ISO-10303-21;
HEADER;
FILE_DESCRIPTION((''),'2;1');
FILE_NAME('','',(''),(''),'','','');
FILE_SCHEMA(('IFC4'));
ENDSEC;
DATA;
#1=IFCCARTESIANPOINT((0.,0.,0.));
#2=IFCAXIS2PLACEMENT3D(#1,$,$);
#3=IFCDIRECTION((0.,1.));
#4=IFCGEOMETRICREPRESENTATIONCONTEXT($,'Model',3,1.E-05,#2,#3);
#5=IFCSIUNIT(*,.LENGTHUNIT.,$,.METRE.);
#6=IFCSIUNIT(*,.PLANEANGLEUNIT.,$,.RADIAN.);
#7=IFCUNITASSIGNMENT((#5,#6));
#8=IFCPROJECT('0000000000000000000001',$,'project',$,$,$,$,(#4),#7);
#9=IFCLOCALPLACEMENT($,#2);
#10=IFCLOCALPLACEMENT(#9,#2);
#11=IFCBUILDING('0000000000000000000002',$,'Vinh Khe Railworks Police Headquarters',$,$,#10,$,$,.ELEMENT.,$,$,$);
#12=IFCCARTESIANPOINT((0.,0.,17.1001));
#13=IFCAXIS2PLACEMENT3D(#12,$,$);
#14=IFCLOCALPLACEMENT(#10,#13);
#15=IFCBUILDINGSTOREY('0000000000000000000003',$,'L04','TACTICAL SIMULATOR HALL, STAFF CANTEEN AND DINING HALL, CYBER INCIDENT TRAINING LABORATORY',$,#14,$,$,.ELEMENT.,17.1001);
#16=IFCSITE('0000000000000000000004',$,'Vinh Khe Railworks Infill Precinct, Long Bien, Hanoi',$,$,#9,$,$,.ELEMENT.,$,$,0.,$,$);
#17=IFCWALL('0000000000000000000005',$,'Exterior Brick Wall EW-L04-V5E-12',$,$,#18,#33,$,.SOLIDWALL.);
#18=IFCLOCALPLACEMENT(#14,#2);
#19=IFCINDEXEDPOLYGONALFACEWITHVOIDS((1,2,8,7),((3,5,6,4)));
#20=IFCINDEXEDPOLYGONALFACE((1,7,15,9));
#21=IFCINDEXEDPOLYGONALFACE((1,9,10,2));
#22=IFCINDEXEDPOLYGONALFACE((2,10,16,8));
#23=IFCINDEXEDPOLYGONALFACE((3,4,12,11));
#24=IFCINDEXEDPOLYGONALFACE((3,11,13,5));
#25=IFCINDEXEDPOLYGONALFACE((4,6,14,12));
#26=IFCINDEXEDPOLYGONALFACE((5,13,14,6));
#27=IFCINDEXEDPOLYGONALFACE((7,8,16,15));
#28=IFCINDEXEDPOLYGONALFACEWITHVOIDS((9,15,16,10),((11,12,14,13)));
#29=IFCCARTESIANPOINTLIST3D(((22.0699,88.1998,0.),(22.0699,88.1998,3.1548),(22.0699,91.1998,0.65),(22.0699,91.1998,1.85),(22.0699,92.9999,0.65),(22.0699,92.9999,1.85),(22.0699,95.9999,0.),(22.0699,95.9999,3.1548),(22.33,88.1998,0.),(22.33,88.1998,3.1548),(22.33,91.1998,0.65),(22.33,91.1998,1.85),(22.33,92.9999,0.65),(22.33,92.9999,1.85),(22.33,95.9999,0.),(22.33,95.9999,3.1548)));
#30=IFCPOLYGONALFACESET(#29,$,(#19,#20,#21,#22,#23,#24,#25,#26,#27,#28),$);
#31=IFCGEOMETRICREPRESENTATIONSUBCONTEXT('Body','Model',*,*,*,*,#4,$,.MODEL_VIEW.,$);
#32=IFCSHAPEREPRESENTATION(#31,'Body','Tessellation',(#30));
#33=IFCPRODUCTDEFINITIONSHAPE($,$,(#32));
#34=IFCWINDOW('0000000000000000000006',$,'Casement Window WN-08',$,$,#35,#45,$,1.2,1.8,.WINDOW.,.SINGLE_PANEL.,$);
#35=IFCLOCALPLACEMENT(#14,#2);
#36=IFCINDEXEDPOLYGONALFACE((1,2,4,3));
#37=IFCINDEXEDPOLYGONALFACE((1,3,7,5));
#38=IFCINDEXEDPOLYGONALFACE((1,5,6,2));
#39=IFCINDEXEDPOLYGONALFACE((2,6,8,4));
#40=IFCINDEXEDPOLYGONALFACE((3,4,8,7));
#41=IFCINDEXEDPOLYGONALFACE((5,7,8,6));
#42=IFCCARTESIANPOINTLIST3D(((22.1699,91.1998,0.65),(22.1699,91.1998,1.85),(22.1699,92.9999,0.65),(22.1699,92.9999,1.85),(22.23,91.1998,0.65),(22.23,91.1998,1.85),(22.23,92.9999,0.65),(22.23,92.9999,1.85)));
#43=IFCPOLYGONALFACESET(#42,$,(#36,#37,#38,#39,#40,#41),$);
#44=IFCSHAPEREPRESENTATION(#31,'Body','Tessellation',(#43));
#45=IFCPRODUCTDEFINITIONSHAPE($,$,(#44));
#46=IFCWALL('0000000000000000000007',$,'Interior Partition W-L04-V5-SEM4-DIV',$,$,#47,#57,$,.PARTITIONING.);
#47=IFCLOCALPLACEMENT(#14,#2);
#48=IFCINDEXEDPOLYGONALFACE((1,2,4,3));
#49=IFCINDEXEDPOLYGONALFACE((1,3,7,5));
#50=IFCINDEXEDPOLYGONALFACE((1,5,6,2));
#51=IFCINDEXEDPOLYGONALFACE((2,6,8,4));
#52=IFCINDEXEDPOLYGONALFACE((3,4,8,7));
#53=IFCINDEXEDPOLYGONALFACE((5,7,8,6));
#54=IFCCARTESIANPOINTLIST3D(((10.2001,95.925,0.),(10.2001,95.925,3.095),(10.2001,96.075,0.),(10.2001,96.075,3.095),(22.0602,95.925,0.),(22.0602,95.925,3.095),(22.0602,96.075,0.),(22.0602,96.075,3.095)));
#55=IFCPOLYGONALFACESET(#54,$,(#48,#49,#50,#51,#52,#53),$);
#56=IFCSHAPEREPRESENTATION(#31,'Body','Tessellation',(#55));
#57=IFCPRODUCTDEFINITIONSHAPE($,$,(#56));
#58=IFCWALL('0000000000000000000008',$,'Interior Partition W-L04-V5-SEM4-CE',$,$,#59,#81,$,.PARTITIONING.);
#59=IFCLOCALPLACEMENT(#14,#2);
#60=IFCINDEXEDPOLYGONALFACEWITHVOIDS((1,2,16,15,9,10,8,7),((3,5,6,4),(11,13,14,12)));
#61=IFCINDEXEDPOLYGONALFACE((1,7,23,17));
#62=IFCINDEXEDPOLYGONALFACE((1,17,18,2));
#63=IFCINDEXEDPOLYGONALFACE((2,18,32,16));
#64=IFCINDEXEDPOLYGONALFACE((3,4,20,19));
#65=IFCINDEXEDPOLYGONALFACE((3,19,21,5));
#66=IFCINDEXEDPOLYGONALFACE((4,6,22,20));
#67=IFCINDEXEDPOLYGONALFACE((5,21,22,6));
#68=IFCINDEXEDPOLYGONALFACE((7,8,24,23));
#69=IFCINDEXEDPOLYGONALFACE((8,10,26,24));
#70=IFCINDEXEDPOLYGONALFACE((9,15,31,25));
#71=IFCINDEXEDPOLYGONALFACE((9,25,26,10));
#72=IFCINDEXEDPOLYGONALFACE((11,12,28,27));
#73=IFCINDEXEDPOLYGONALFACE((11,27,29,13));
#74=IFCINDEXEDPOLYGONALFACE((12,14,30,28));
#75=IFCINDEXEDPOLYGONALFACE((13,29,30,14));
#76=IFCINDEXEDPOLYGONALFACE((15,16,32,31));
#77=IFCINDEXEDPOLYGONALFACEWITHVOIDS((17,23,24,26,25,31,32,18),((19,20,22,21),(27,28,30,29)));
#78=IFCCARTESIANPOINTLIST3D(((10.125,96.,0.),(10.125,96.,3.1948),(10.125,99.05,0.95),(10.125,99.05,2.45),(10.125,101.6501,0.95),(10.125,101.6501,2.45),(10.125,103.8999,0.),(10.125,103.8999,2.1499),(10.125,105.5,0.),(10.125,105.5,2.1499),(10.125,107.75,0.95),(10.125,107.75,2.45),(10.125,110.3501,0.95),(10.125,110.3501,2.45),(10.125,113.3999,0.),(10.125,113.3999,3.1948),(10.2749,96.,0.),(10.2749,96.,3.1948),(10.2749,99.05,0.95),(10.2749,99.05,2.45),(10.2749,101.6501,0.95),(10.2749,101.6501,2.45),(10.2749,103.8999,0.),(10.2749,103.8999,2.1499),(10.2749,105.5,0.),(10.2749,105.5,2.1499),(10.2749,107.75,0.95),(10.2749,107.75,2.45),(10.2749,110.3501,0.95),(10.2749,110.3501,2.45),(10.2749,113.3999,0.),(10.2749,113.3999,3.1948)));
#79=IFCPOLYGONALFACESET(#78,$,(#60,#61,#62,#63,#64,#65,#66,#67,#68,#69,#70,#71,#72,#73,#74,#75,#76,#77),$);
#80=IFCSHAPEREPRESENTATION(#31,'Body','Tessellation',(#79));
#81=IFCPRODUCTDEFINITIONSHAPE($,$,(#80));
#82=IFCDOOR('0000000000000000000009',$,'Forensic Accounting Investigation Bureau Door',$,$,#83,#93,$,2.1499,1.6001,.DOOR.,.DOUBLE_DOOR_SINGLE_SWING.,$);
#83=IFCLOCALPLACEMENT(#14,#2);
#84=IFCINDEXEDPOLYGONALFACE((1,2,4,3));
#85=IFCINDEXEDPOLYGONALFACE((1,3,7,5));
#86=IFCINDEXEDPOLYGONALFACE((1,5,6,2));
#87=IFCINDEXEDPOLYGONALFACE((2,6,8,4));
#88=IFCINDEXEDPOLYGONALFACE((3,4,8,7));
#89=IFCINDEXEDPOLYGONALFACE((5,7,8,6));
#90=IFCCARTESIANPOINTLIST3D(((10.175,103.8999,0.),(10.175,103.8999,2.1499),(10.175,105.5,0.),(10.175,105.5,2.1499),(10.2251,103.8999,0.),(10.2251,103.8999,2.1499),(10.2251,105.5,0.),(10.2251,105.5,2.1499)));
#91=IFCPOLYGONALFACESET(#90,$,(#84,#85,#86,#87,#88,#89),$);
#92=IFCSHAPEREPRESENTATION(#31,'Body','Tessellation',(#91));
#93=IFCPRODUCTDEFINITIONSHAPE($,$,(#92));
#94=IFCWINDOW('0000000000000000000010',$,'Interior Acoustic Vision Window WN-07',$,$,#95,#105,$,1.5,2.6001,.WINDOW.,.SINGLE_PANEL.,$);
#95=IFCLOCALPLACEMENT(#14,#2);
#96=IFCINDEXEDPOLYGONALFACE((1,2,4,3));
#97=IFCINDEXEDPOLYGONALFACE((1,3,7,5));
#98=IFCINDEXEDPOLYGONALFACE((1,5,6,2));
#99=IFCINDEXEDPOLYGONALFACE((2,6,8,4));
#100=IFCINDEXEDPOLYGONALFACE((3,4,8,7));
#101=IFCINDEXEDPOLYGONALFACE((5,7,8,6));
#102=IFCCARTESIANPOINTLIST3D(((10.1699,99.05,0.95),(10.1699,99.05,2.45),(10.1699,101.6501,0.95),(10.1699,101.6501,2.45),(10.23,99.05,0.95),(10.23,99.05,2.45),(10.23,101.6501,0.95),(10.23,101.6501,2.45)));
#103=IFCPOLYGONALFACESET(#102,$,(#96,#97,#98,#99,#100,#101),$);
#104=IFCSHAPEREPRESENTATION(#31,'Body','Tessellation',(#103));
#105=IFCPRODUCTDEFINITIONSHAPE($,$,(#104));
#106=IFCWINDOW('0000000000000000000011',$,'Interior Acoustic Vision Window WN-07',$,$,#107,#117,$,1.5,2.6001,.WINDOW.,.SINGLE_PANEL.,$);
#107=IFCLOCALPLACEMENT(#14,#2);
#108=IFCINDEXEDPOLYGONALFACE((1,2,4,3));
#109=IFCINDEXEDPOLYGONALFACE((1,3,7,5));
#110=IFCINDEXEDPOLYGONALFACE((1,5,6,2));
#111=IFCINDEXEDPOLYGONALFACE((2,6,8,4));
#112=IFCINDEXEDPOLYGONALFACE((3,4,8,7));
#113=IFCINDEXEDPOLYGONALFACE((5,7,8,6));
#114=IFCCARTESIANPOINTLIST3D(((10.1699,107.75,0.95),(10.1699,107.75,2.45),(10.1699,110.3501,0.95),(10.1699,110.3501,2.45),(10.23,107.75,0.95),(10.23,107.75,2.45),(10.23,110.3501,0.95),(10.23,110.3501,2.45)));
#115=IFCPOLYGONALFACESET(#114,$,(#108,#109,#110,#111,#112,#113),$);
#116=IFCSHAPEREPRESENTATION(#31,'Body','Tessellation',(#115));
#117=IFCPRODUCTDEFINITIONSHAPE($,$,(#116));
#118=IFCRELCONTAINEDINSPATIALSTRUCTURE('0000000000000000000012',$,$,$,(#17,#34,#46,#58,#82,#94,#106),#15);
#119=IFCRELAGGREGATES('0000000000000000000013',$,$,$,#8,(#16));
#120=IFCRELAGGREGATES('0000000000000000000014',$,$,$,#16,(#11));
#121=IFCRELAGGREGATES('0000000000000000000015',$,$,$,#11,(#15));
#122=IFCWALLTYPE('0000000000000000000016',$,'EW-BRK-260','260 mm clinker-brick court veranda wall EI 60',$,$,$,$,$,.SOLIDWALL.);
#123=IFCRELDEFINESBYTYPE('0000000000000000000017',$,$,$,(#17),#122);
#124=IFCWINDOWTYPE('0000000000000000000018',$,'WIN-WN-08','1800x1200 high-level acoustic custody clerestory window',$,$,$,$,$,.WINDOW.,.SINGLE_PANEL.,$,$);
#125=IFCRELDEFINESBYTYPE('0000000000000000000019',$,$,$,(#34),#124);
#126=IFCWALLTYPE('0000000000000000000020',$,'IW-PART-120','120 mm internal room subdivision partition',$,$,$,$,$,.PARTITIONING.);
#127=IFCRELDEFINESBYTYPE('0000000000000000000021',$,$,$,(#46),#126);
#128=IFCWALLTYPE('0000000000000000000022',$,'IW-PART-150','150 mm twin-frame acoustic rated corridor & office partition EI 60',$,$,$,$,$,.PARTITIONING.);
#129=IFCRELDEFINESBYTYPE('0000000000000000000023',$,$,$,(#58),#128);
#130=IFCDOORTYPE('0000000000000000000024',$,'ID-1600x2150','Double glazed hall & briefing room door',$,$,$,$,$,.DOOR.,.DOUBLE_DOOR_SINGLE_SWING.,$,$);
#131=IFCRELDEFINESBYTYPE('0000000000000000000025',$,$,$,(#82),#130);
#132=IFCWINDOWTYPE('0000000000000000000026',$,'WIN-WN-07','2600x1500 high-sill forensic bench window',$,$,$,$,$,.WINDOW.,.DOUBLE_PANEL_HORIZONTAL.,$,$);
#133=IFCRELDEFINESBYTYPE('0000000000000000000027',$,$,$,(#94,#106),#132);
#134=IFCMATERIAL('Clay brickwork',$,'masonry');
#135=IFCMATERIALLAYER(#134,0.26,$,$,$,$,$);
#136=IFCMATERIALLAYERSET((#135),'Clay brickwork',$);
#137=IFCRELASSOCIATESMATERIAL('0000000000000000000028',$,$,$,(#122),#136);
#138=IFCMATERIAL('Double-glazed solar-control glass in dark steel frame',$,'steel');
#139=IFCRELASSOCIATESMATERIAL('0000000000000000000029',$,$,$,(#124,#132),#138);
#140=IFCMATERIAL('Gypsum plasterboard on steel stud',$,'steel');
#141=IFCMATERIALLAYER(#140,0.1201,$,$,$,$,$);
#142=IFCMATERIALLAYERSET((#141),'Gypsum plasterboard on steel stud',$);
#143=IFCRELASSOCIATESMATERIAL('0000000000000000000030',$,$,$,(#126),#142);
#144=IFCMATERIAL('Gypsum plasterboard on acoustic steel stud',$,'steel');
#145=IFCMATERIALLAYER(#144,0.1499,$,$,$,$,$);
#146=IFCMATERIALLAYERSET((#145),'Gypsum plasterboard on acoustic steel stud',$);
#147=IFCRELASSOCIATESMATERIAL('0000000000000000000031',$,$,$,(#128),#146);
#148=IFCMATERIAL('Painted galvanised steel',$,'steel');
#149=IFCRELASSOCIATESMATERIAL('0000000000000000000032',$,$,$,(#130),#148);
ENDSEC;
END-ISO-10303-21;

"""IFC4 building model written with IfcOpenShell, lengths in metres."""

from ifc_helpers import new_model, si_unit, direction, frame, frame_2d, origin, place, context, subcontext, project, spatial, rectangle, extrude, material, layer, layer_set, type_object, element, fill, save


model = new_model("IFC4")

# Units and contexts
model_context = context("Model", 3, precision=1e-05, world=origin(), true_north=direction((0.0, 1.0)))
body_context = subcontext(model_context, "Body", "Model", "MODEL_VIEW")
ifc_project = project(units=[si_unit("LENGTHUNIT", "METRE"), si_unit("PLANEANGLEUNIT", "RADIAN")], contexts=[model_context])

# Site, building, storey
site_placement = place(None, origin())
site = spatial("IfcSite", under=ifc_project, at=site_placement, Name="Vinh Khe Railworks Infill Precinct, Long Bien, Hanoi", CompositionType="ELEMENT", RefElevation=0.0)
building_placement = place(site_placement, origin())
building = spatial("IfcBuilding", under=site, at=building_placement, Name="Vinh Khe Railworks Police Headquarters", CompositionType="ELEMENT")
storey_placement = place(building_placement, frame((0.0, 0.0, 17.1001)))
storey = spatial("IfcBuildingStorey", under=building, at=storey_placement, Name="L04", Description="TACTICAL SIMULATOR HALL, STAFF CANTEEN AND DINING HALL, CYBER INCIDENT TRAINING LABORATORY", CompositionType="ELEMENT", Elevation=17.1001)

# Wall, opening, window
ifc_material_1 = material(Name="Clay brickwork", Category="masonry")
ifc_layer_1 = layer(ifc_material_1, 0.26)
ifc_layer_set_1 = layer_set([ifc_layer_1], Name="Clay brickwork")
wall_type_1 = type_object("IfcWallType", Name="EW-BRK-260", Description="260 mm clinker-brick court veranda wall EI 60", PredefinedType="SOLIDWALL", material=ifc_layer_set_1)
wall_1_placement = place(storey_placement, frame((22.2, 88.2, 0.0), z_axis=(0.0, 0.0, 1.0), x_axis=(0.0, 1.0, 0.0)))
wall_1 = element("IfcWall", 1, at=wall_1_placement, inside=storey, type_object=wall_type_1, Name="Exterior Brick Wall EW-L04-V5E-12", PredefinedType="SOLIDWALL", context=body_context, shape_type="SweptSolid", body=[
    extrude(rectangle(XDim=7.8, YDim=0.26, at=frame_2d((3.8999, 0.0))), origin(), (0.0, 0.0, 1.0), 3.1548),
])
opening_1_placement = place(wall_1_placement, frame((3.0, 0.0, 0.6499)))
opening_1 = element("IfcOpeningElement", 2, at=opening_1_placement, cuts=wall_1, PredefinedType="OPENING", context=body_context, shape_type="SweptSolid", body=[
    extrude(rectangle(XDim=1.8, YDim=1.2, at=frame_2d((0.8999, 0.6001))), frame((0.0, 0.145, 0.0), z_axis=(0.0, -1.0, 0.0), x_axis=(1.0, 0.0, 0.0)), (0.0, 0.0, 1.0), 0.2898),
])
ifc_material_2 = material(Name="Double-glazed solar-control glass in dark steel frame", Category="steel")
window_type_1 = type_object("IfcWindowType", Name="WIN-WN-08", Description="1800x1200 high-level acoustic custody clerestory window", PartitioningType="SINGLE_PANEL", PredefinedType="WINDOW", material=ifc_material_2)
window_1_placement = place(opening_1_placement, origin())
window_1 = element("IfcWindow", 3, at=window_1_placement, inside=storey, type_object=window_type_1, Name="Casement Window WN-08", OverallHeight=1.2, OverallWidth=1.8, PartitioningType="SINGLE_PANEL", PredefinedType="WINDOW", context=body_context, shape_type="SweptSolid", body=[
    extrude(rectangle(XDim=1.8, YDim=1.2, at=frame_2d((0.8999, 0.6001))), frame((0.0, 0.03, 0.0), z_axis=(0.0, -1.0, 0.0), x_axis=(1.0, 0.0, 0.0)), (0.0, 0.0, 1.0), 0.0601),
])
fill(opening_1, window_1)

# Wall
ifc_material_3 = material(Name="Gypsum plasterboard on steel stud", Category="steel")
ifc_layer_2 = layer(ifc_material_3, 0.1201)
ifc_layer_set_2 = layer_set([ifc_layer_2], Name="Gypsum plasterboard on steel stud")
wall_type_2 = type_object("IfcWallType", Name="IW-PART-120", Description="120 mm internal room subdivision partition", PredefinedType="PARTITIONING", material=ifc_layer_set_2)
wall_2_placement = place(storey_placement, frame((10.2, 96.0, 0.0), z_axis=(0.0, 0.0, 1.0), x_axis=(1.0, 0.0, 0.0)))
element("IfcWall", 4, at=wall_2_placement, inside=storey, type_object=wall_type_2, Name="Interior Partition W-L04-V5-SEM4-DIV", PredefinedType="PARTITIONING", context=body_context, shape_type="SweptSolid", body=[
    extrude(rectangle(XDim=11.8601, YDim=0.1499, at=frame_2d((5.9302, 0.0))), origin(), (0.0, 0.0, 1.0), 3.095),
])

# Wall, openings, door, windows
ifc_material_4 = material(Name="Gypsum plasterboard on acoustic steel stud", Category="steel")
ifc_layer_3 = layer(ifc_material_4, 0.1499)
ifc_layer_set_3 = layer_set([ifc_layer_3], Name="Gypsum plasterboard on acoustic steel stud")
wall_type_3 = type_object("IfcWallType", Name="IW-PART-150", Description="150 mm twin-frame acoustic rated corridor & office partition EI 60", PredefinedType="PARTITIONING", material=ifc_layer_set_3)
wall_3_placement = place(storey_placement, frame((10.2, 96.0, 0.0), z_axis=(0.0, 0.0, 1.0), x_axis=(0.0, 1.0, 0.0)))
wall_3 = element("IfcWall", 5, at=wall_3_placement, inside=storey, type_object=wall_type_3, Name="Interior Partition W-L04-V5-SEM4-CE", PredefinedType="PARTITIONING", context=body_context, shape_type="SweptSolid", body=[
    extrude(rectangle(XDim=17.3999, YDim=0.1499, at=frame_2d((8.7, 0.0))), origin(), (0.0, 0.0, 1.0), 3.1948),
])
opening_2_placement = place(wall_3_placement, frame((7.8999, 0.0, 0.0)))
opening_2 = element("IfcOpeningElement", 6, at=opening_2_placement, cuts=wall_3, PredefinedType="OPENING", context=body_context, shape_type="SweptSolid", body=[
    extrude(rectangle(XDim=1.6001, YDim=2.1499, at=frame_2d((0.8, 1.075))), frame((0.0, 0.0898, 0.0), z_axis=(0.0, -1.0, 0.0), x_axis=(1.0, 0.0, 0.0)), (0.0, 0.0, 1.0), 0.1797),
])
opening_3_placement = place(wall_3_placement, frame((3.05, 0.0, 0.95)))
opening_3 = element("IfcOpeningElement", 7, at=opening_3_placement, cuts=wall_3, PredefinedType="OPENING", context=body_context, shape_type="SweptSolid", body=[
    extrude(rectangle(XDim=2.6001, YDim=1.5, at=frame_2d((1.3, 0.75))), frame((0.0, 0.0898, 0.0), z_axis=(0.0, -1.0, 0.0), x_axis=(1.0, 0.0, 0.0)), (0.0, 0.0, 1.0), 0.1797),
])
opening_4_placement = place(wall_3_placement, frame((11.75, 0.0, 0.95)))
opening_4 = element("IfcOpeningElement", 8, at=opening_4_placement, cuts=wall_3, PredefinedType="OPENING", context=body_context, shape_type="SweptSolid", body=[
    extrude(rectangle(XDim=2.6001, YDim=1.5, at=frame_2d((1.3, 0.75))), frame((0.0, 0.0898, 0.0), z_axis=(0.0, -1.0, 0.0), x_axis=(1.0, 0.0, 0.0)), (0.0, 0.0, 1.0), 0.1797),
])
ifc_material_5 = material(Name="Painted galvanised steel", Category="steel")
door_type = type_object("IfcDoorType", Name="ID-1600x2150", Description="Double glazed hall & briefing room door", OperationType="DOUBLE_DOOR_SINGLE_SWING", PredefinedType="DOOR", material=ifc_material_5)
door_placement = place(opening_2_placement, origin())
door = element("IfcDoor", 9, at=door_placement, inside=storey, type_object=door_type, Name="Forensic Accounting Investigation Bureau Door", OperationType="DOUBLE_DOOR_SINGLE_SWING", OverallHeight=2.1499, OverallWidth=1.6001, PredefinedType="DOOR", context=body_context, shape_type="SweptSolid", body=[
    extrude(rectangle(XDim=1.6001, YDim=2.1499, at=frame_2d((0.8, 1.075))), frame((0.0, 0.0249, 0.0), z_axis=(0.0, -1.0, 0.0), x_axis=(1.0, 0.0, 0.0)), (0.0, 0.0, 1.0), 0.05),
])
fill(opening_2, door)
window_type_2 = type_object("IfcWindowType", Name="WIN-WN-07", Description="2600x1500 high-sill forensic bench window", PartitioningType="DOUBLE_PANEL_HORIZONTAL", PredefinedType="WINDOW", material=ifc_material_2)
window_2_placement = place(opening_3_placement, origin())
window_2 = element("IfcWindow", 10, at=window_2_placement, inside=storey, type_object=window_type_2, Name="Interior Acoustic Vision Window WN-07", OverallHeight=1.5, OverallWidth=2.6001, PartitioningType="SINGLE_PANEL", PredefinedType="WINDOW", context=body_context, shape_type="SweptSolid", body=[
    extrude(rectangle(XDim=2.6001, YDim=1.5, at=frame_2d((1.3, 0.75))), frame((0.0, 0.03, 0.0), z_axis=(0.0, -1.0, 0.0), x_axis=(1.0, 0.0, 0.0)), (0.0, 0.0, 1.0), 0.0601),
])
fill(opening_3, window_2)
window_3_placement = place(opening_4_placement, origin())
window_3 = element("IfcWindow", 11, at=window_3_placement, inside=storey, type_object=window_type_2, Name="Interior Acoustic Vision Window WN-07", OverallHeight=1.5, OverallWidth=2.6001, PartitioningType="SINGLE_PANEL", PredefinedType="WINDOW", context=body_context, shape_type="SweptSolid", body=[
    extrude(rectangle(XDim=2.6001, YDim=1.5, at=frame_2d((1.3, 0.75))), frame((0.0, 0.03, 0.0), z_axis=(0.0, -1.0, 0.0), x_axis=(1.0, 0.0, 0.0)), (0.0, 0.0, 1.0), 0.0601),
])
fill(opening_4, window_3)

save(model, "model.ifc")
